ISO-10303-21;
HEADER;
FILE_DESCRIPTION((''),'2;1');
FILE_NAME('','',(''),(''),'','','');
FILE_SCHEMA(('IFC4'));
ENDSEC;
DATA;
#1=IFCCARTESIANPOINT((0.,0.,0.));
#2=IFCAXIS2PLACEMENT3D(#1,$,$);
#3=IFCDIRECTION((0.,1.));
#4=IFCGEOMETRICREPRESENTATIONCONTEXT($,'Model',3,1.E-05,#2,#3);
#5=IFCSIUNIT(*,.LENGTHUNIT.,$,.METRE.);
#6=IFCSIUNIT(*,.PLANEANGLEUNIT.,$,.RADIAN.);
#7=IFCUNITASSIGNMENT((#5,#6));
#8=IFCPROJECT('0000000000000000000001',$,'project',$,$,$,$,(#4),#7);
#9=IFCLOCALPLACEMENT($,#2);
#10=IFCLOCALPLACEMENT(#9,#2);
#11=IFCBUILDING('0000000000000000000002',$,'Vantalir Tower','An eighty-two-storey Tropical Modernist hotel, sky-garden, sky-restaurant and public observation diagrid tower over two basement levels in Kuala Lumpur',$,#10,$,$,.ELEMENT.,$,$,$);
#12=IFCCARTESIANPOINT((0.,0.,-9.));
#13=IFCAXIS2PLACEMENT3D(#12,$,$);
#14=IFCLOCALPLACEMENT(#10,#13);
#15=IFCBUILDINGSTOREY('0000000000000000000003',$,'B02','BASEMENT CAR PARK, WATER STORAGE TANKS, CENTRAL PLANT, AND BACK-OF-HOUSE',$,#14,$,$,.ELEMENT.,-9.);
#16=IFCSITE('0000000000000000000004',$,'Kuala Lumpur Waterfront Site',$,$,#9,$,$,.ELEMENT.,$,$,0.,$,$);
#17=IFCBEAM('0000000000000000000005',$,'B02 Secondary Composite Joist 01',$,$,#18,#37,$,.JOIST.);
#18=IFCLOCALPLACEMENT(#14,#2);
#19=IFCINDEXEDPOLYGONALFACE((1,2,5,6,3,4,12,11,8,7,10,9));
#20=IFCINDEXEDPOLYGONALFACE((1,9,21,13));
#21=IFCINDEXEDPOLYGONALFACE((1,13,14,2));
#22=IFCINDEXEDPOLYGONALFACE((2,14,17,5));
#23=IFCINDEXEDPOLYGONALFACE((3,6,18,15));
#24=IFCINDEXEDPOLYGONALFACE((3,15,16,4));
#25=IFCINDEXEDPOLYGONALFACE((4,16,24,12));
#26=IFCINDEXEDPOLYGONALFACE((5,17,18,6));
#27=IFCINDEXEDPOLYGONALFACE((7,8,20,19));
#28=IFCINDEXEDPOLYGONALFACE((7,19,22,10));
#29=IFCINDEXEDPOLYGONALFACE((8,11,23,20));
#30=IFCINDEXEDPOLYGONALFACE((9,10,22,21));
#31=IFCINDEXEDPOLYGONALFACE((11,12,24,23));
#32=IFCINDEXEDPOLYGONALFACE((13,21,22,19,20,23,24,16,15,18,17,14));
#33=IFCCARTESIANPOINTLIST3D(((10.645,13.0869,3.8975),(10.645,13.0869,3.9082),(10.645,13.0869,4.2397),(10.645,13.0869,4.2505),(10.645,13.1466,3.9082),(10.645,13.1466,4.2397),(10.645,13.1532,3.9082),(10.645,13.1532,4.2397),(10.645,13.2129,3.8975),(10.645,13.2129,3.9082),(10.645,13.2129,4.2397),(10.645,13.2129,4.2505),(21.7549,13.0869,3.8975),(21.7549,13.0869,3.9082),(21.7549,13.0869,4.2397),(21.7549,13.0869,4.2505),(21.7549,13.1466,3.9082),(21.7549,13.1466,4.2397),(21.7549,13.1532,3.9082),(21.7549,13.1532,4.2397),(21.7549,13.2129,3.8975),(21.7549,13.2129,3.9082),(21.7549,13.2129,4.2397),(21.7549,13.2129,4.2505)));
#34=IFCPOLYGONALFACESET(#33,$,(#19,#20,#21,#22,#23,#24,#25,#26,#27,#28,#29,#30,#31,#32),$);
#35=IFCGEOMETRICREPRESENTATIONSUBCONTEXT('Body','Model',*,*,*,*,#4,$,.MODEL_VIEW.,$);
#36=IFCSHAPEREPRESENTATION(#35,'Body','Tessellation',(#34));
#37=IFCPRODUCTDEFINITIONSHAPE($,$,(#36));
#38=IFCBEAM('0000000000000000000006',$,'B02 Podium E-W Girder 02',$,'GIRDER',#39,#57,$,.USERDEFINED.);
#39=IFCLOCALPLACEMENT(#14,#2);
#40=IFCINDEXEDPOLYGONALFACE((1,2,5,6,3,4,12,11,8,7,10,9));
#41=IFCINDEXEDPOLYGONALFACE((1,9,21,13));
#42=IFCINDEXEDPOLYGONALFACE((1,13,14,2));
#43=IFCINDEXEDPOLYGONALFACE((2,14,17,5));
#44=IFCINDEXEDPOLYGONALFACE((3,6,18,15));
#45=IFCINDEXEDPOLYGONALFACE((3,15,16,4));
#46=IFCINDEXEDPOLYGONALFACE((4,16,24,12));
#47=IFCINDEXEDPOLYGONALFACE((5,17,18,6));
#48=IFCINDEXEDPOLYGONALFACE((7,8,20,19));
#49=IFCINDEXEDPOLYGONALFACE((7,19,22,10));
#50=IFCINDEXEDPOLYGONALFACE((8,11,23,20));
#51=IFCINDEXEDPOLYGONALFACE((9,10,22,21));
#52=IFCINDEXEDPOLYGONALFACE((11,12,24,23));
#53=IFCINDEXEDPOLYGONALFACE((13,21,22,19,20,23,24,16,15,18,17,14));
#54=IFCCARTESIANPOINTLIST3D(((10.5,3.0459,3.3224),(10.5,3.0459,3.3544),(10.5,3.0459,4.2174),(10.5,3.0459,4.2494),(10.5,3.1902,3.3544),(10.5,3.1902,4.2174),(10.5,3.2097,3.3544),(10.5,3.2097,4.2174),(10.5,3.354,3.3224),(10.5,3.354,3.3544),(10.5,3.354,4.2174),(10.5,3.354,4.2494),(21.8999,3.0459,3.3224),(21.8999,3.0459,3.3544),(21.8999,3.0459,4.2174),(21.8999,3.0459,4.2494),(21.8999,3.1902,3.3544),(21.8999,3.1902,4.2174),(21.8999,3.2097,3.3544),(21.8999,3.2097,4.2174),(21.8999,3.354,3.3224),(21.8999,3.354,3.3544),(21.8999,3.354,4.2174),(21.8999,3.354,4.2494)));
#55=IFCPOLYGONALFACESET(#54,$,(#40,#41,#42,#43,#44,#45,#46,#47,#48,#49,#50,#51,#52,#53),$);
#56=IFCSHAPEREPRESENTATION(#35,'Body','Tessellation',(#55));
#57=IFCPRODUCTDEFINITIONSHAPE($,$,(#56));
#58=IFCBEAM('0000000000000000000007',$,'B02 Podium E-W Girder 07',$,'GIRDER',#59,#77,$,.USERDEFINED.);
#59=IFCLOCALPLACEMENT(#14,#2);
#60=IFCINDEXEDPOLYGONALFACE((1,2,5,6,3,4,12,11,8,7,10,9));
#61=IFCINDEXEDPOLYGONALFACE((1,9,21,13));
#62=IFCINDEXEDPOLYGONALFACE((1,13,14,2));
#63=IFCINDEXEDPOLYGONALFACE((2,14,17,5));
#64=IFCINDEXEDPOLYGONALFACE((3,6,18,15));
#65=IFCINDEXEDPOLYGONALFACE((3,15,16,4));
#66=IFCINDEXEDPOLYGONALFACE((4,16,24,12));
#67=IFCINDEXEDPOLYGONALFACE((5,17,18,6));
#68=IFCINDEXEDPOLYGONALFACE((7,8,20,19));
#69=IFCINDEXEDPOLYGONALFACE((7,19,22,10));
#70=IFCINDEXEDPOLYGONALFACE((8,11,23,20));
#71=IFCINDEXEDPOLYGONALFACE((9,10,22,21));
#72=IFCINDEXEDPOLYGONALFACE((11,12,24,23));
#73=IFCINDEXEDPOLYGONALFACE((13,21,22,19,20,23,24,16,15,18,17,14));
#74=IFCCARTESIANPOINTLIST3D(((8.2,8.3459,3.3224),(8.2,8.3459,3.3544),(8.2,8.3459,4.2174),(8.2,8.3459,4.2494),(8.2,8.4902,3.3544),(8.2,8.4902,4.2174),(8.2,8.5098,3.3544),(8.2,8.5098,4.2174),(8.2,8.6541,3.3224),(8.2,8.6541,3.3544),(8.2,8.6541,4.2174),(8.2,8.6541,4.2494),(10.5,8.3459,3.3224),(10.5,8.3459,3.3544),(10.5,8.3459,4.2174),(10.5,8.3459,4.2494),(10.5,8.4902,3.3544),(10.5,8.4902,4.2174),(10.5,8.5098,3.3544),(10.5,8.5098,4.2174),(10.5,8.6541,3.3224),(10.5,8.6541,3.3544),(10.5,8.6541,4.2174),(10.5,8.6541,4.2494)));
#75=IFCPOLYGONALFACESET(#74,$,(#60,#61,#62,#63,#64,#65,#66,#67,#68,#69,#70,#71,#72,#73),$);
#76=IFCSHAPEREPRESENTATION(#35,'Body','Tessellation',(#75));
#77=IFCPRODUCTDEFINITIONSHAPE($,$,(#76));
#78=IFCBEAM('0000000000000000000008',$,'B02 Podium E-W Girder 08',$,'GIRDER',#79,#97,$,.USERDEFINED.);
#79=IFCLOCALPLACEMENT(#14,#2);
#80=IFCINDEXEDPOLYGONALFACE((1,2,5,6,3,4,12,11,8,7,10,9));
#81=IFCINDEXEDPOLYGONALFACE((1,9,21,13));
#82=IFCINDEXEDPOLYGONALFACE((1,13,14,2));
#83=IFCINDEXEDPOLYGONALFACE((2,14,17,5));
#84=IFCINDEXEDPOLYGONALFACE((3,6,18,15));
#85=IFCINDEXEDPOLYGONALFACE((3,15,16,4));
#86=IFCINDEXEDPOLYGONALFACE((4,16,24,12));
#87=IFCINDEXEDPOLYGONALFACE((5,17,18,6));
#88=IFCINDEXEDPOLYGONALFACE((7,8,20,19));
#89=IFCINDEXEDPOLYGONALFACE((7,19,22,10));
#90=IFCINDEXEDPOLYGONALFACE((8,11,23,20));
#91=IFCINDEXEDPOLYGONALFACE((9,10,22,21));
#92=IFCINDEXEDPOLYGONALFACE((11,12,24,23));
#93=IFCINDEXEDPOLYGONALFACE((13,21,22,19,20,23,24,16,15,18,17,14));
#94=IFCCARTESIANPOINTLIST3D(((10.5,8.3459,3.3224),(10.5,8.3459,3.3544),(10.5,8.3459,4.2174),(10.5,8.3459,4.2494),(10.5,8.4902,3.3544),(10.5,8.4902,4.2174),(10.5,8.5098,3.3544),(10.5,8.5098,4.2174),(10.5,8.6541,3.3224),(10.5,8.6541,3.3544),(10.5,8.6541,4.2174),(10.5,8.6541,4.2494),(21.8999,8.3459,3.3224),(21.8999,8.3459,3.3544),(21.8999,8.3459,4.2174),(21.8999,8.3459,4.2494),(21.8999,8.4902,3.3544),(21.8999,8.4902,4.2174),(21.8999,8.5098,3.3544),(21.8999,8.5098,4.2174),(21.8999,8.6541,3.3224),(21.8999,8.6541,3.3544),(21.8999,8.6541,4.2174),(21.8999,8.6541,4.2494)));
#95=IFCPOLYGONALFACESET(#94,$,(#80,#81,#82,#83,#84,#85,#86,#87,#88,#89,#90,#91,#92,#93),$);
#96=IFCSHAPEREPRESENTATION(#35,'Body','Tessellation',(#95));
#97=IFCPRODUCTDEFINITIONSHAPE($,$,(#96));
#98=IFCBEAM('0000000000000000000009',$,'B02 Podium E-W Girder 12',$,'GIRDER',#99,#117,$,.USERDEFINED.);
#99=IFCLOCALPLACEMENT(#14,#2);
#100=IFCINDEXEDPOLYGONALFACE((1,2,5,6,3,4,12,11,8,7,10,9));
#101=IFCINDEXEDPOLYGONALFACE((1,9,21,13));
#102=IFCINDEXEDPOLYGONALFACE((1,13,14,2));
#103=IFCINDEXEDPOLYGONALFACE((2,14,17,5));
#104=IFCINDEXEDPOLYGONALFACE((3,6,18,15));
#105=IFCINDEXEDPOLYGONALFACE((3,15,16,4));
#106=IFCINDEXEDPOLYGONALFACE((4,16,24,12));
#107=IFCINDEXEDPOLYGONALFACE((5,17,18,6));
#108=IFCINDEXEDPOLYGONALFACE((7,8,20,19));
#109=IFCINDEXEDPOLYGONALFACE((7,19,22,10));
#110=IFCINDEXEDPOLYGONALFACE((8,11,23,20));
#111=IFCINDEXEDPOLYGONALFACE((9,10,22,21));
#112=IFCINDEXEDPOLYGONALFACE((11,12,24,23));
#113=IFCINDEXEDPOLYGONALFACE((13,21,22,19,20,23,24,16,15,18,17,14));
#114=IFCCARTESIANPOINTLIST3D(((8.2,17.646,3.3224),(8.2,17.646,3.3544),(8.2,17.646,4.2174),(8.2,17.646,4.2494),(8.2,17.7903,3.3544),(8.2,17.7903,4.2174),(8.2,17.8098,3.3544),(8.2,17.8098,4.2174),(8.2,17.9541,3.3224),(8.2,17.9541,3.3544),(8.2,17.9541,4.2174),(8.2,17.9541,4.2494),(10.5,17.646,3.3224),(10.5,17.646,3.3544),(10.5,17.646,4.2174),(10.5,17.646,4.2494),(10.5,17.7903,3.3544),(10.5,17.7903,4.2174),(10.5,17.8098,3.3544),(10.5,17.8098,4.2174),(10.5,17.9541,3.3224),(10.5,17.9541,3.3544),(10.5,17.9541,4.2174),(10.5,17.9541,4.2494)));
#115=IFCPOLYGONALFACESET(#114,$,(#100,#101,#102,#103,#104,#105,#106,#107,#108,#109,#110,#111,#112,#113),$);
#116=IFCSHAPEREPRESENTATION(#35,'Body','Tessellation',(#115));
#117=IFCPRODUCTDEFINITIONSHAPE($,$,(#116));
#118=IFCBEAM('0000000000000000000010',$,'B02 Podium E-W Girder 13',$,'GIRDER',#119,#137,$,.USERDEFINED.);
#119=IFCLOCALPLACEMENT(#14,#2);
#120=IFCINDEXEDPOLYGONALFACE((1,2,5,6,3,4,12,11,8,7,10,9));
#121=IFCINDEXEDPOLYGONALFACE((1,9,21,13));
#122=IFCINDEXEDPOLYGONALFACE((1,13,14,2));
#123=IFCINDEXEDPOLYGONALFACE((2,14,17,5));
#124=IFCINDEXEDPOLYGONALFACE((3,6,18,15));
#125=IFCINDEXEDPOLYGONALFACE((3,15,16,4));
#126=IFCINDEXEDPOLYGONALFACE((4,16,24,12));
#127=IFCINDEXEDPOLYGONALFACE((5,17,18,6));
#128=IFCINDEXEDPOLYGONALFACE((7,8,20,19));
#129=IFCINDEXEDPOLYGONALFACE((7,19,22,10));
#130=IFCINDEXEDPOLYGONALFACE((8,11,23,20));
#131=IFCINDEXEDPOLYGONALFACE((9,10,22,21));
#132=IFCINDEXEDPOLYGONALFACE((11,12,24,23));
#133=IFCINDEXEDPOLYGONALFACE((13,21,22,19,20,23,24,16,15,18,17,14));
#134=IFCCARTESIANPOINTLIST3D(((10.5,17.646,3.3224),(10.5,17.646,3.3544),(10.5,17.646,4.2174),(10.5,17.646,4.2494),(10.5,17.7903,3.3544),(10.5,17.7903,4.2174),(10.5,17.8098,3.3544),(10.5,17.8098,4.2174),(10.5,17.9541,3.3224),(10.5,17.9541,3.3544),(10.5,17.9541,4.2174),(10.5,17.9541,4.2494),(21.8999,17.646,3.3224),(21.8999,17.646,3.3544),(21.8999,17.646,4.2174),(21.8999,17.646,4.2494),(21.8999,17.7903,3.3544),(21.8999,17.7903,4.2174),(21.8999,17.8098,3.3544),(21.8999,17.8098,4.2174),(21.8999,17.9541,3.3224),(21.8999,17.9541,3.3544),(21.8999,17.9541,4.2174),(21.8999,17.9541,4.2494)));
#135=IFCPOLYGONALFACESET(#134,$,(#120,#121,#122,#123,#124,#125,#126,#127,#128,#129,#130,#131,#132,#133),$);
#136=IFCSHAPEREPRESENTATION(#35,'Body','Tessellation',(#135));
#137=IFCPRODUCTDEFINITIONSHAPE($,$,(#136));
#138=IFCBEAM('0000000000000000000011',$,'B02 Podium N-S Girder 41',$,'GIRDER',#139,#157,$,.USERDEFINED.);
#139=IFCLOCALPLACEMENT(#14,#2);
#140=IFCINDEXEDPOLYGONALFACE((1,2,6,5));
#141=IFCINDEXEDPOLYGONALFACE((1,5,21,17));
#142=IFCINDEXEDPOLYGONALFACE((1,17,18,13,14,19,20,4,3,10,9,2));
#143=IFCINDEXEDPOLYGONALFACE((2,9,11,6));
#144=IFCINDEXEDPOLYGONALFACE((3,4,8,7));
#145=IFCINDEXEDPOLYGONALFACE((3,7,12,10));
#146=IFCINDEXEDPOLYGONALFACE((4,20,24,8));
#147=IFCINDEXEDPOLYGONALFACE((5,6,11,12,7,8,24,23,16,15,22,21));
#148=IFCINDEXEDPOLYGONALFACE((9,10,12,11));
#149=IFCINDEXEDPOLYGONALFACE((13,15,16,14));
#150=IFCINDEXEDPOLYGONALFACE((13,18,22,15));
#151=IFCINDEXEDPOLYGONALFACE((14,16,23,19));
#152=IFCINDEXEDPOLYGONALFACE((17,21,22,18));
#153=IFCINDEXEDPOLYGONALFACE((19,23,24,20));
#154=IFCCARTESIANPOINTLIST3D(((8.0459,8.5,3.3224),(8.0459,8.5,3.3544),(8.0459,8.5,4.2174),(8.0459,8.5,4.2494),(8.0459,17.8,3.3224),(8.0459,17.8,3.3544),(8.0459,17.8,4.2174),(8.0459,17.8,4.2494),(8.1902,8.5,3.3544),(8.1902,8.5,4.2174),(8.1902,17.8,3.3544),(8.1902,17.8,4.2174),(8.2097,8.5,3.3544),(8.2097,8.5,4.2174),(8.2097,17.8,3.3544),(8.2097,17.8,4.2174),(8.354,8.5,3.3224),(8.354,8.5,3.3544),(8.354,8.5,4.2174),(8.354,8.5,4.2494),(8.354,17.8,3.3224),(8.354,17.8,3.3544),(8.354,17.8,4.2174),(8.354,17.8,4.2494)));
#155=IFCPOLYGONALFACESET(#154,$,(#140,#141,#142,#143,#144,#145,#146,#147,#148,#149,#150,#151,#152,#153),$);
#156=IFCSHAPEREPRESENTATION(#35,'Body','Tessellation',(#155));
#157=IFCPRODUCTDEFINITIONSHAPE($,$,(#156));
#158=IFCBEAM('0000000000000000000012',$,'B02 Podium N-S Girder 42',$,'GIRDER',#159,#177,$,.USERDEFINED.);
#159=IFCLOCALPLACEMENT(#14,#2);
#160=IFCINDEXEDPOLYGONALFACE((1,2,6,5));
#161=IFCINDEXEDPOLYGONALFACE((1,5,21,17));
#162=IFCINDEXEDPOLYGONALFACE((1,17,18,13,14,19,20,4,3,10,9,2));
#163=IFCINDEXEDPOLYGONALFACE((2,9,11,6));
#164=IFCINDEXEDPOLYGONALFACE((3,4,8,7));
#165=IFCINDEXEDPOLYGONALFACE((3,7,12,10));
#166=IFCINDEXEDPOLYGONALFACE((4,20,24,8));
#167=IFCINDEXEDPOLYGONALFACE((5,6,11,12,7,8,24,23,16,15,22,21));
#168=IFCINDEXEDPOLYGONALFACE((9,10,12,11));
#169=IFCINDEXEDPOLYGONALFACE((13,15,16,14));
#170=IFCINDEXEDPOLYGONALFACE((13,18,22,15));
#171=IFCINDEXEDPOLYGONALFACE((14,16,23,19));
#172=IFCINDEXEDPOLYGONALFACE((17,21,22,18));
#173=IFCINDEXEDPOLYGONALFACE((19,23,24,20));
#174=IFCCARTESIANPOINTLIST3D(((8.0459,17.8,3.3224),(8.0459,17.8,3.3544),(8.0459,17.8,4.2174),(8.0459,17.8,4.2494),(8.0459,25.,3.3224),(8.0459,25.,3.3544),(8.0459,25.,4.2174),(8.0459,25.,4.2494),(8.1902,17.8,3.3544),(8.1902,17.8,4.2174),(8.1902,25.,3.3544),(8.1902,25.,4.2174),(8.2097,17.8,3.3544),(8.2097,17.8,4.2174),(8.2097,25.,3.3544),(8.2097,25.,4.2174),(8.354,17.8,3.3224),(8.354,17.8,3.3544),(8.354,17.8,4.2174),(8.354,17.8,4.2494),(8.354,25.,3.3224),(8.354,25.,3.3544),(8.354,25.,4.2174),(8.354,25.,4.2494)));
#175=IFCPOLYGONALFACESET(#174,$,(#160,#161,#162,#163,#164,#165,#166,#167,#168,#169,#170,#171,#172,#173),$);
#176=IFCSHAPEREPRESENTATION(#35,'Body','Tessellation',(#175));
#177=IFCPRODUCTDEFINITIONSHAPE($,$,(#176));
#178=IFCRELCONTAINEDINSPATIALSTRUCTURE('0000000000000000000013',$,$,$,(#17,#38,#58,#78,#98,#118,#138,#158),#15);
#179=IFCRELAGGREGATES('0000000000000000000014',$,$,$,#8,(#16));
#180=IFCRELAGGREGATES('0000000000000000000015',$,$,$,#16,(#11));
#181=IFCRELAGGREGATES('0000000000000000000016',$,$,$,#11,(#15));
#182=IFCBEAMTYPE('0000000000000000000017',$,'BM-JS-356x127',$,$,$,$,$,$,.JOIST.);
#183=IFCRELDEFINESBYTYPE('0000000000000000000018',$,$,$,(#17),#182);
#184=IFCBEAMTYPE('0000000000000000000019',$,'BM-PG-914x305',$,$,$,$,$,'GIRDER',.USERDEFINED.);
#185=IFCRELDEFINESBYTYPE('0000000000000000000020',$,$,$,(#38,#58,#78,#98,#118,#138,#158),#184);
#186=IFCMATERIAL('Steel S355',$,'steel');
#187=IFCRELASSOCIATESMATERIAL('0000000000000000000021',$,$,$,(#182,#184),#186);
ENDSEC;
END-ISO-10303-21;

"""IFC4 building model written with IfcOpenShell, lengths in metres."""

from ifc_helpers import new_model, si_unit, direction, frame, origin, origin_2d, place, context, subcontext, project, spatial, i_section, extrude, material, material_profile, profile_set, type_object, element, save


model = new_model("IFC4")

# Units and contexts
model_context = context("Model", 3, precision=1e-05, world=origin(), true_north=direction((0.0, 1.0)))
body_context = subcontext(model_context, "Body", "Model", "MODEL_VIEW")
ifc_project = project(units=[si_unit("LENGTHUNIT", "METRE"), si_unit("PLANEANGLEUNIT", "RADIAN")], contexts=[model_context])

# Site, building, storey
site_placement = place(None, origin())
site = spatial("IfcSite", under=ifc_project, at=site_placement, Name="Kuala Lumpur Waterfront Site", CompositionType="ELEMENT", RefElevation=0.0)
building_placement = place(site_placement, origin())
building = spatial("IfcBuilding", under=site, at=building_placement, Name="Vantalir Tower", Description="An eighty-two-storey Tropical Modernist hotel, sky-garden, sky-restaurant and public observation diagrid tower over two basement levels in Kuala Lumpur", CompositionType="ELEMENT")
storey_placement = place(building_placement, frame((0.0, 0.0, -9.0)))
storey = spatial("IfcBuildingStorey", under=building, at=storey_placement, Name="B02", Description="BASEMENT CAR PARK, WATER STORAGE TANKS, CENTRAL PLANT, AND BACK-OF-HOUSE", CompositionType="ELEMENT", Elevation=-9.0)

# Beams
ifc_material_1 = material(Name="Steel S355", Category="steel")
ifc_material_profile_1 = material_profile(ifc_material_1, i_section(OverallWidth=0.126, OverallDepth=0.353, WebThickness=0.0066, FlangeThickness=0.0107, at=origin_2d()), Name="Steel S355")
ifc_profile_set_1 = profile_set([ifc_material_profile_1], Name="Steel S355")
beam_type_1 = type_object("IfcBeamType", Name="BM-JS-356x127", PredefinedType="JOIST", material=ifc_profile_set_1)
beam_1_placement = place(storey_placement, frame((10.645, 13.1499, 4.074), z_axis=(1.0, 0.0, 0.0), x_axis=(0.0, 1.0, 0.0)))
element("IfcBeam", 1, at=beam_1_placement, inside=storey, type_object=beam_type_1, Name="B02 Secondary Composite Joist 01", PredefinedType="JOIST", context=body_context, shape_type="SweptSolid", body=[
    extrude(i_section(OverallWidth=0.126, OverallDepth=0.353, WebThickness=0.0066, FlangeThickness=0.0107, at=origin_2d()), origin(), (0.0, 0.0, 1.0), 11.1099),
])
ifc_material_profile_2 = material_profile(ifc_material_1, i_section(OverallWidth=0.3081, OverallDepth=0.927, WebThickness=0.0195, FlangeThickness=0.032, at=origin_2d()), Name="Steel S355")
ifc_profile_set_2 = profile_set([ifc_material_profile_2], Name="Steel S355")
beam_type_2 = type_object("IfcBeamType", Name="BM-PG-914x305", ElementType="GIRDER", PredefinedType="USERDEFINED", material=ifc_profile_set_2)
beam_2_placement = place(storey_placement, frame((10.5, 3.2, 3.7859), z_axis=(1.0, 0.0, 0.0), x_axis=(0.0, 1.0, 0.0)))
element("IfcBeam", 2, at=beam_2_placement, inside=storey, type_object=beam_type_2, Name="B02 Podium E-W Girder 02", ObjectType="GIRDER", PredefinedType="USERDEFINED", context=body_context, shape_type="SweptSolid", body=[
    extrude(i_section(OverallWidth=0.3081, OverallDepth=0.927, WebThickness=0.0195, FlangeThickness=0.032, at=origin_2d()), origin(), (0.0, 0.0, 1.0), 11.3999),
])
beam_3_placement = place(storey_placement, frame((8.2, 8.5, 3.7859), z_axis=(1.0, 0.0, 0.0), x_axis=(0.0, 1.0, 0.0)))
element("IfcBeam", 3, at=beam_3_placement, inside=storey, type_object=beam_type_2, Name="B02 Podium E-W Girder 07", ObjectType="GIRDER", PredefinedType="USERDEFINED", context=body_context, shape_type="SweptSolid", body=[
    extrude(i_section(OverallWidth=0.3081, OverallDepth=0.927, WebThickness=0.0195, FlangeThickness=0.032, at=origin_2d()), origin(), (0.0, 0.0, 1.0), 2.3),
])
beam_4_placement = place(storey_placement, frame((10.5, 8.5, 3.7859), z_axis=(1.0, 0.0, 0.0), x_axis=(0.0, 1.0, 0.0)))
element("IfcBeam", 4, at=beam_4_placement, inside=storey, type_object=beam_type_2, Name="B02 Podium E-W Girder 08", ObjectType="GIRDER", PredefinedType="USERDEFINED", context=body_context, shape_type="SweptSolid", body=[
    extrude(i_section(OverallWidth=0.3081, OverallDepth=0.927, WebThickness=0.0195, FlangeThickness=0.032, at=origin_2d()), origin(), (0.0, 0.0, 1.0), 11.3999),
])
beam_5_placement = place(storey_placement, frame((8.2, 17.8, 3.7859), z_axis=(1.0, 0.0, 0.0), x_axis=(0.0, 1.0, 0.0)))
element("IfcBeam", 5, at=beam_5_placement, inside=storey, type_object=beam_type_2, Name="B02 Podium E-W Girder 12", ObjectType="GIRDER", PredefinedType="USERDEFINED", context=body_context, shape_type="SweptSolid", body=[
    extrude(i_section(OverallWidth=0.3081, OverallDepth=0.927, WebThickness=0.0195, FlangeThickness=0.032, at=origin_2d()), origin(), (0.0, 0.0, 1.0), 2.3),
])
beam_6_placement = place(storey_placement, frame((10.5, 17.8, 3.7859), z_axis=(1.0, 0.0, 0.0), x_axis=(0.0, 1.0, 0.0)))
element("IfcBeam", 6, at=beam_6_placement, inside=storey, type_object=beam_type_2, Name="B02 Podium E-W Girder 13", ObjectType="GIRDER", PredefinedType="USERDEFINED", context=body_context, shape_type="SweptSolid", body=[
    extrude(i_section(OverallWidth=0.3081, OverallDepth=0.927, WebThickness=0.0195, FlangeThickness=0.032, at=origin_2d()), origin(), (0.0, 0.0, 1.0), 11.3999),
])
beam_7_placement = place(storey_placement, frame((8.2, 8.5, 3.7859), z_axis=(0.0, 1.0, 0.0), x_axis=(-1.0, 0.0, 0.0)))
element("IfcBeam", 7, at=beam_7_placement, inside=storey, type_object=beam_type_2, Name="B02 Podium N-S Girder 41", ObjectType="GIRDER", PredefinedType="USERDEFINED", context=body_context, shape_type="SweptSolid", body=[
    extrude(i_section(OverallWidth=0.3081, OverallDepth=0.927, WebThickness=0.0195, FlangeThickness=0.032, at=origin_2d()), origin(), (0.0, 0.0, 1.0), 9.3),
])
beam_8_placement = place(storey_placement, frame((8.2, 17.8, 3.7859), z_axis=(0.0, 1.0, 0.0), x_axis=(-1.0, 0.0, 0.0)))
element("IfcBeam", 8, at=beam_8_placement, inside=storey, type_object=beam_type_2, Name="B02 Podium N-S Girder 42", ObjectType="GIRDER", PredefinedType="USERDEFINED", context=body_context, shape_type="SweptSolid", body=[
    extrude(i_section(OverallWidth=0.3081, OverallDepth=0.927, WebThickness=0.0195, FlangeThickness=0.032, at=origin_2d()), origin(), (0.0, 0.0, 1.0), 7.2),
])

save(model, "model.ifc")
